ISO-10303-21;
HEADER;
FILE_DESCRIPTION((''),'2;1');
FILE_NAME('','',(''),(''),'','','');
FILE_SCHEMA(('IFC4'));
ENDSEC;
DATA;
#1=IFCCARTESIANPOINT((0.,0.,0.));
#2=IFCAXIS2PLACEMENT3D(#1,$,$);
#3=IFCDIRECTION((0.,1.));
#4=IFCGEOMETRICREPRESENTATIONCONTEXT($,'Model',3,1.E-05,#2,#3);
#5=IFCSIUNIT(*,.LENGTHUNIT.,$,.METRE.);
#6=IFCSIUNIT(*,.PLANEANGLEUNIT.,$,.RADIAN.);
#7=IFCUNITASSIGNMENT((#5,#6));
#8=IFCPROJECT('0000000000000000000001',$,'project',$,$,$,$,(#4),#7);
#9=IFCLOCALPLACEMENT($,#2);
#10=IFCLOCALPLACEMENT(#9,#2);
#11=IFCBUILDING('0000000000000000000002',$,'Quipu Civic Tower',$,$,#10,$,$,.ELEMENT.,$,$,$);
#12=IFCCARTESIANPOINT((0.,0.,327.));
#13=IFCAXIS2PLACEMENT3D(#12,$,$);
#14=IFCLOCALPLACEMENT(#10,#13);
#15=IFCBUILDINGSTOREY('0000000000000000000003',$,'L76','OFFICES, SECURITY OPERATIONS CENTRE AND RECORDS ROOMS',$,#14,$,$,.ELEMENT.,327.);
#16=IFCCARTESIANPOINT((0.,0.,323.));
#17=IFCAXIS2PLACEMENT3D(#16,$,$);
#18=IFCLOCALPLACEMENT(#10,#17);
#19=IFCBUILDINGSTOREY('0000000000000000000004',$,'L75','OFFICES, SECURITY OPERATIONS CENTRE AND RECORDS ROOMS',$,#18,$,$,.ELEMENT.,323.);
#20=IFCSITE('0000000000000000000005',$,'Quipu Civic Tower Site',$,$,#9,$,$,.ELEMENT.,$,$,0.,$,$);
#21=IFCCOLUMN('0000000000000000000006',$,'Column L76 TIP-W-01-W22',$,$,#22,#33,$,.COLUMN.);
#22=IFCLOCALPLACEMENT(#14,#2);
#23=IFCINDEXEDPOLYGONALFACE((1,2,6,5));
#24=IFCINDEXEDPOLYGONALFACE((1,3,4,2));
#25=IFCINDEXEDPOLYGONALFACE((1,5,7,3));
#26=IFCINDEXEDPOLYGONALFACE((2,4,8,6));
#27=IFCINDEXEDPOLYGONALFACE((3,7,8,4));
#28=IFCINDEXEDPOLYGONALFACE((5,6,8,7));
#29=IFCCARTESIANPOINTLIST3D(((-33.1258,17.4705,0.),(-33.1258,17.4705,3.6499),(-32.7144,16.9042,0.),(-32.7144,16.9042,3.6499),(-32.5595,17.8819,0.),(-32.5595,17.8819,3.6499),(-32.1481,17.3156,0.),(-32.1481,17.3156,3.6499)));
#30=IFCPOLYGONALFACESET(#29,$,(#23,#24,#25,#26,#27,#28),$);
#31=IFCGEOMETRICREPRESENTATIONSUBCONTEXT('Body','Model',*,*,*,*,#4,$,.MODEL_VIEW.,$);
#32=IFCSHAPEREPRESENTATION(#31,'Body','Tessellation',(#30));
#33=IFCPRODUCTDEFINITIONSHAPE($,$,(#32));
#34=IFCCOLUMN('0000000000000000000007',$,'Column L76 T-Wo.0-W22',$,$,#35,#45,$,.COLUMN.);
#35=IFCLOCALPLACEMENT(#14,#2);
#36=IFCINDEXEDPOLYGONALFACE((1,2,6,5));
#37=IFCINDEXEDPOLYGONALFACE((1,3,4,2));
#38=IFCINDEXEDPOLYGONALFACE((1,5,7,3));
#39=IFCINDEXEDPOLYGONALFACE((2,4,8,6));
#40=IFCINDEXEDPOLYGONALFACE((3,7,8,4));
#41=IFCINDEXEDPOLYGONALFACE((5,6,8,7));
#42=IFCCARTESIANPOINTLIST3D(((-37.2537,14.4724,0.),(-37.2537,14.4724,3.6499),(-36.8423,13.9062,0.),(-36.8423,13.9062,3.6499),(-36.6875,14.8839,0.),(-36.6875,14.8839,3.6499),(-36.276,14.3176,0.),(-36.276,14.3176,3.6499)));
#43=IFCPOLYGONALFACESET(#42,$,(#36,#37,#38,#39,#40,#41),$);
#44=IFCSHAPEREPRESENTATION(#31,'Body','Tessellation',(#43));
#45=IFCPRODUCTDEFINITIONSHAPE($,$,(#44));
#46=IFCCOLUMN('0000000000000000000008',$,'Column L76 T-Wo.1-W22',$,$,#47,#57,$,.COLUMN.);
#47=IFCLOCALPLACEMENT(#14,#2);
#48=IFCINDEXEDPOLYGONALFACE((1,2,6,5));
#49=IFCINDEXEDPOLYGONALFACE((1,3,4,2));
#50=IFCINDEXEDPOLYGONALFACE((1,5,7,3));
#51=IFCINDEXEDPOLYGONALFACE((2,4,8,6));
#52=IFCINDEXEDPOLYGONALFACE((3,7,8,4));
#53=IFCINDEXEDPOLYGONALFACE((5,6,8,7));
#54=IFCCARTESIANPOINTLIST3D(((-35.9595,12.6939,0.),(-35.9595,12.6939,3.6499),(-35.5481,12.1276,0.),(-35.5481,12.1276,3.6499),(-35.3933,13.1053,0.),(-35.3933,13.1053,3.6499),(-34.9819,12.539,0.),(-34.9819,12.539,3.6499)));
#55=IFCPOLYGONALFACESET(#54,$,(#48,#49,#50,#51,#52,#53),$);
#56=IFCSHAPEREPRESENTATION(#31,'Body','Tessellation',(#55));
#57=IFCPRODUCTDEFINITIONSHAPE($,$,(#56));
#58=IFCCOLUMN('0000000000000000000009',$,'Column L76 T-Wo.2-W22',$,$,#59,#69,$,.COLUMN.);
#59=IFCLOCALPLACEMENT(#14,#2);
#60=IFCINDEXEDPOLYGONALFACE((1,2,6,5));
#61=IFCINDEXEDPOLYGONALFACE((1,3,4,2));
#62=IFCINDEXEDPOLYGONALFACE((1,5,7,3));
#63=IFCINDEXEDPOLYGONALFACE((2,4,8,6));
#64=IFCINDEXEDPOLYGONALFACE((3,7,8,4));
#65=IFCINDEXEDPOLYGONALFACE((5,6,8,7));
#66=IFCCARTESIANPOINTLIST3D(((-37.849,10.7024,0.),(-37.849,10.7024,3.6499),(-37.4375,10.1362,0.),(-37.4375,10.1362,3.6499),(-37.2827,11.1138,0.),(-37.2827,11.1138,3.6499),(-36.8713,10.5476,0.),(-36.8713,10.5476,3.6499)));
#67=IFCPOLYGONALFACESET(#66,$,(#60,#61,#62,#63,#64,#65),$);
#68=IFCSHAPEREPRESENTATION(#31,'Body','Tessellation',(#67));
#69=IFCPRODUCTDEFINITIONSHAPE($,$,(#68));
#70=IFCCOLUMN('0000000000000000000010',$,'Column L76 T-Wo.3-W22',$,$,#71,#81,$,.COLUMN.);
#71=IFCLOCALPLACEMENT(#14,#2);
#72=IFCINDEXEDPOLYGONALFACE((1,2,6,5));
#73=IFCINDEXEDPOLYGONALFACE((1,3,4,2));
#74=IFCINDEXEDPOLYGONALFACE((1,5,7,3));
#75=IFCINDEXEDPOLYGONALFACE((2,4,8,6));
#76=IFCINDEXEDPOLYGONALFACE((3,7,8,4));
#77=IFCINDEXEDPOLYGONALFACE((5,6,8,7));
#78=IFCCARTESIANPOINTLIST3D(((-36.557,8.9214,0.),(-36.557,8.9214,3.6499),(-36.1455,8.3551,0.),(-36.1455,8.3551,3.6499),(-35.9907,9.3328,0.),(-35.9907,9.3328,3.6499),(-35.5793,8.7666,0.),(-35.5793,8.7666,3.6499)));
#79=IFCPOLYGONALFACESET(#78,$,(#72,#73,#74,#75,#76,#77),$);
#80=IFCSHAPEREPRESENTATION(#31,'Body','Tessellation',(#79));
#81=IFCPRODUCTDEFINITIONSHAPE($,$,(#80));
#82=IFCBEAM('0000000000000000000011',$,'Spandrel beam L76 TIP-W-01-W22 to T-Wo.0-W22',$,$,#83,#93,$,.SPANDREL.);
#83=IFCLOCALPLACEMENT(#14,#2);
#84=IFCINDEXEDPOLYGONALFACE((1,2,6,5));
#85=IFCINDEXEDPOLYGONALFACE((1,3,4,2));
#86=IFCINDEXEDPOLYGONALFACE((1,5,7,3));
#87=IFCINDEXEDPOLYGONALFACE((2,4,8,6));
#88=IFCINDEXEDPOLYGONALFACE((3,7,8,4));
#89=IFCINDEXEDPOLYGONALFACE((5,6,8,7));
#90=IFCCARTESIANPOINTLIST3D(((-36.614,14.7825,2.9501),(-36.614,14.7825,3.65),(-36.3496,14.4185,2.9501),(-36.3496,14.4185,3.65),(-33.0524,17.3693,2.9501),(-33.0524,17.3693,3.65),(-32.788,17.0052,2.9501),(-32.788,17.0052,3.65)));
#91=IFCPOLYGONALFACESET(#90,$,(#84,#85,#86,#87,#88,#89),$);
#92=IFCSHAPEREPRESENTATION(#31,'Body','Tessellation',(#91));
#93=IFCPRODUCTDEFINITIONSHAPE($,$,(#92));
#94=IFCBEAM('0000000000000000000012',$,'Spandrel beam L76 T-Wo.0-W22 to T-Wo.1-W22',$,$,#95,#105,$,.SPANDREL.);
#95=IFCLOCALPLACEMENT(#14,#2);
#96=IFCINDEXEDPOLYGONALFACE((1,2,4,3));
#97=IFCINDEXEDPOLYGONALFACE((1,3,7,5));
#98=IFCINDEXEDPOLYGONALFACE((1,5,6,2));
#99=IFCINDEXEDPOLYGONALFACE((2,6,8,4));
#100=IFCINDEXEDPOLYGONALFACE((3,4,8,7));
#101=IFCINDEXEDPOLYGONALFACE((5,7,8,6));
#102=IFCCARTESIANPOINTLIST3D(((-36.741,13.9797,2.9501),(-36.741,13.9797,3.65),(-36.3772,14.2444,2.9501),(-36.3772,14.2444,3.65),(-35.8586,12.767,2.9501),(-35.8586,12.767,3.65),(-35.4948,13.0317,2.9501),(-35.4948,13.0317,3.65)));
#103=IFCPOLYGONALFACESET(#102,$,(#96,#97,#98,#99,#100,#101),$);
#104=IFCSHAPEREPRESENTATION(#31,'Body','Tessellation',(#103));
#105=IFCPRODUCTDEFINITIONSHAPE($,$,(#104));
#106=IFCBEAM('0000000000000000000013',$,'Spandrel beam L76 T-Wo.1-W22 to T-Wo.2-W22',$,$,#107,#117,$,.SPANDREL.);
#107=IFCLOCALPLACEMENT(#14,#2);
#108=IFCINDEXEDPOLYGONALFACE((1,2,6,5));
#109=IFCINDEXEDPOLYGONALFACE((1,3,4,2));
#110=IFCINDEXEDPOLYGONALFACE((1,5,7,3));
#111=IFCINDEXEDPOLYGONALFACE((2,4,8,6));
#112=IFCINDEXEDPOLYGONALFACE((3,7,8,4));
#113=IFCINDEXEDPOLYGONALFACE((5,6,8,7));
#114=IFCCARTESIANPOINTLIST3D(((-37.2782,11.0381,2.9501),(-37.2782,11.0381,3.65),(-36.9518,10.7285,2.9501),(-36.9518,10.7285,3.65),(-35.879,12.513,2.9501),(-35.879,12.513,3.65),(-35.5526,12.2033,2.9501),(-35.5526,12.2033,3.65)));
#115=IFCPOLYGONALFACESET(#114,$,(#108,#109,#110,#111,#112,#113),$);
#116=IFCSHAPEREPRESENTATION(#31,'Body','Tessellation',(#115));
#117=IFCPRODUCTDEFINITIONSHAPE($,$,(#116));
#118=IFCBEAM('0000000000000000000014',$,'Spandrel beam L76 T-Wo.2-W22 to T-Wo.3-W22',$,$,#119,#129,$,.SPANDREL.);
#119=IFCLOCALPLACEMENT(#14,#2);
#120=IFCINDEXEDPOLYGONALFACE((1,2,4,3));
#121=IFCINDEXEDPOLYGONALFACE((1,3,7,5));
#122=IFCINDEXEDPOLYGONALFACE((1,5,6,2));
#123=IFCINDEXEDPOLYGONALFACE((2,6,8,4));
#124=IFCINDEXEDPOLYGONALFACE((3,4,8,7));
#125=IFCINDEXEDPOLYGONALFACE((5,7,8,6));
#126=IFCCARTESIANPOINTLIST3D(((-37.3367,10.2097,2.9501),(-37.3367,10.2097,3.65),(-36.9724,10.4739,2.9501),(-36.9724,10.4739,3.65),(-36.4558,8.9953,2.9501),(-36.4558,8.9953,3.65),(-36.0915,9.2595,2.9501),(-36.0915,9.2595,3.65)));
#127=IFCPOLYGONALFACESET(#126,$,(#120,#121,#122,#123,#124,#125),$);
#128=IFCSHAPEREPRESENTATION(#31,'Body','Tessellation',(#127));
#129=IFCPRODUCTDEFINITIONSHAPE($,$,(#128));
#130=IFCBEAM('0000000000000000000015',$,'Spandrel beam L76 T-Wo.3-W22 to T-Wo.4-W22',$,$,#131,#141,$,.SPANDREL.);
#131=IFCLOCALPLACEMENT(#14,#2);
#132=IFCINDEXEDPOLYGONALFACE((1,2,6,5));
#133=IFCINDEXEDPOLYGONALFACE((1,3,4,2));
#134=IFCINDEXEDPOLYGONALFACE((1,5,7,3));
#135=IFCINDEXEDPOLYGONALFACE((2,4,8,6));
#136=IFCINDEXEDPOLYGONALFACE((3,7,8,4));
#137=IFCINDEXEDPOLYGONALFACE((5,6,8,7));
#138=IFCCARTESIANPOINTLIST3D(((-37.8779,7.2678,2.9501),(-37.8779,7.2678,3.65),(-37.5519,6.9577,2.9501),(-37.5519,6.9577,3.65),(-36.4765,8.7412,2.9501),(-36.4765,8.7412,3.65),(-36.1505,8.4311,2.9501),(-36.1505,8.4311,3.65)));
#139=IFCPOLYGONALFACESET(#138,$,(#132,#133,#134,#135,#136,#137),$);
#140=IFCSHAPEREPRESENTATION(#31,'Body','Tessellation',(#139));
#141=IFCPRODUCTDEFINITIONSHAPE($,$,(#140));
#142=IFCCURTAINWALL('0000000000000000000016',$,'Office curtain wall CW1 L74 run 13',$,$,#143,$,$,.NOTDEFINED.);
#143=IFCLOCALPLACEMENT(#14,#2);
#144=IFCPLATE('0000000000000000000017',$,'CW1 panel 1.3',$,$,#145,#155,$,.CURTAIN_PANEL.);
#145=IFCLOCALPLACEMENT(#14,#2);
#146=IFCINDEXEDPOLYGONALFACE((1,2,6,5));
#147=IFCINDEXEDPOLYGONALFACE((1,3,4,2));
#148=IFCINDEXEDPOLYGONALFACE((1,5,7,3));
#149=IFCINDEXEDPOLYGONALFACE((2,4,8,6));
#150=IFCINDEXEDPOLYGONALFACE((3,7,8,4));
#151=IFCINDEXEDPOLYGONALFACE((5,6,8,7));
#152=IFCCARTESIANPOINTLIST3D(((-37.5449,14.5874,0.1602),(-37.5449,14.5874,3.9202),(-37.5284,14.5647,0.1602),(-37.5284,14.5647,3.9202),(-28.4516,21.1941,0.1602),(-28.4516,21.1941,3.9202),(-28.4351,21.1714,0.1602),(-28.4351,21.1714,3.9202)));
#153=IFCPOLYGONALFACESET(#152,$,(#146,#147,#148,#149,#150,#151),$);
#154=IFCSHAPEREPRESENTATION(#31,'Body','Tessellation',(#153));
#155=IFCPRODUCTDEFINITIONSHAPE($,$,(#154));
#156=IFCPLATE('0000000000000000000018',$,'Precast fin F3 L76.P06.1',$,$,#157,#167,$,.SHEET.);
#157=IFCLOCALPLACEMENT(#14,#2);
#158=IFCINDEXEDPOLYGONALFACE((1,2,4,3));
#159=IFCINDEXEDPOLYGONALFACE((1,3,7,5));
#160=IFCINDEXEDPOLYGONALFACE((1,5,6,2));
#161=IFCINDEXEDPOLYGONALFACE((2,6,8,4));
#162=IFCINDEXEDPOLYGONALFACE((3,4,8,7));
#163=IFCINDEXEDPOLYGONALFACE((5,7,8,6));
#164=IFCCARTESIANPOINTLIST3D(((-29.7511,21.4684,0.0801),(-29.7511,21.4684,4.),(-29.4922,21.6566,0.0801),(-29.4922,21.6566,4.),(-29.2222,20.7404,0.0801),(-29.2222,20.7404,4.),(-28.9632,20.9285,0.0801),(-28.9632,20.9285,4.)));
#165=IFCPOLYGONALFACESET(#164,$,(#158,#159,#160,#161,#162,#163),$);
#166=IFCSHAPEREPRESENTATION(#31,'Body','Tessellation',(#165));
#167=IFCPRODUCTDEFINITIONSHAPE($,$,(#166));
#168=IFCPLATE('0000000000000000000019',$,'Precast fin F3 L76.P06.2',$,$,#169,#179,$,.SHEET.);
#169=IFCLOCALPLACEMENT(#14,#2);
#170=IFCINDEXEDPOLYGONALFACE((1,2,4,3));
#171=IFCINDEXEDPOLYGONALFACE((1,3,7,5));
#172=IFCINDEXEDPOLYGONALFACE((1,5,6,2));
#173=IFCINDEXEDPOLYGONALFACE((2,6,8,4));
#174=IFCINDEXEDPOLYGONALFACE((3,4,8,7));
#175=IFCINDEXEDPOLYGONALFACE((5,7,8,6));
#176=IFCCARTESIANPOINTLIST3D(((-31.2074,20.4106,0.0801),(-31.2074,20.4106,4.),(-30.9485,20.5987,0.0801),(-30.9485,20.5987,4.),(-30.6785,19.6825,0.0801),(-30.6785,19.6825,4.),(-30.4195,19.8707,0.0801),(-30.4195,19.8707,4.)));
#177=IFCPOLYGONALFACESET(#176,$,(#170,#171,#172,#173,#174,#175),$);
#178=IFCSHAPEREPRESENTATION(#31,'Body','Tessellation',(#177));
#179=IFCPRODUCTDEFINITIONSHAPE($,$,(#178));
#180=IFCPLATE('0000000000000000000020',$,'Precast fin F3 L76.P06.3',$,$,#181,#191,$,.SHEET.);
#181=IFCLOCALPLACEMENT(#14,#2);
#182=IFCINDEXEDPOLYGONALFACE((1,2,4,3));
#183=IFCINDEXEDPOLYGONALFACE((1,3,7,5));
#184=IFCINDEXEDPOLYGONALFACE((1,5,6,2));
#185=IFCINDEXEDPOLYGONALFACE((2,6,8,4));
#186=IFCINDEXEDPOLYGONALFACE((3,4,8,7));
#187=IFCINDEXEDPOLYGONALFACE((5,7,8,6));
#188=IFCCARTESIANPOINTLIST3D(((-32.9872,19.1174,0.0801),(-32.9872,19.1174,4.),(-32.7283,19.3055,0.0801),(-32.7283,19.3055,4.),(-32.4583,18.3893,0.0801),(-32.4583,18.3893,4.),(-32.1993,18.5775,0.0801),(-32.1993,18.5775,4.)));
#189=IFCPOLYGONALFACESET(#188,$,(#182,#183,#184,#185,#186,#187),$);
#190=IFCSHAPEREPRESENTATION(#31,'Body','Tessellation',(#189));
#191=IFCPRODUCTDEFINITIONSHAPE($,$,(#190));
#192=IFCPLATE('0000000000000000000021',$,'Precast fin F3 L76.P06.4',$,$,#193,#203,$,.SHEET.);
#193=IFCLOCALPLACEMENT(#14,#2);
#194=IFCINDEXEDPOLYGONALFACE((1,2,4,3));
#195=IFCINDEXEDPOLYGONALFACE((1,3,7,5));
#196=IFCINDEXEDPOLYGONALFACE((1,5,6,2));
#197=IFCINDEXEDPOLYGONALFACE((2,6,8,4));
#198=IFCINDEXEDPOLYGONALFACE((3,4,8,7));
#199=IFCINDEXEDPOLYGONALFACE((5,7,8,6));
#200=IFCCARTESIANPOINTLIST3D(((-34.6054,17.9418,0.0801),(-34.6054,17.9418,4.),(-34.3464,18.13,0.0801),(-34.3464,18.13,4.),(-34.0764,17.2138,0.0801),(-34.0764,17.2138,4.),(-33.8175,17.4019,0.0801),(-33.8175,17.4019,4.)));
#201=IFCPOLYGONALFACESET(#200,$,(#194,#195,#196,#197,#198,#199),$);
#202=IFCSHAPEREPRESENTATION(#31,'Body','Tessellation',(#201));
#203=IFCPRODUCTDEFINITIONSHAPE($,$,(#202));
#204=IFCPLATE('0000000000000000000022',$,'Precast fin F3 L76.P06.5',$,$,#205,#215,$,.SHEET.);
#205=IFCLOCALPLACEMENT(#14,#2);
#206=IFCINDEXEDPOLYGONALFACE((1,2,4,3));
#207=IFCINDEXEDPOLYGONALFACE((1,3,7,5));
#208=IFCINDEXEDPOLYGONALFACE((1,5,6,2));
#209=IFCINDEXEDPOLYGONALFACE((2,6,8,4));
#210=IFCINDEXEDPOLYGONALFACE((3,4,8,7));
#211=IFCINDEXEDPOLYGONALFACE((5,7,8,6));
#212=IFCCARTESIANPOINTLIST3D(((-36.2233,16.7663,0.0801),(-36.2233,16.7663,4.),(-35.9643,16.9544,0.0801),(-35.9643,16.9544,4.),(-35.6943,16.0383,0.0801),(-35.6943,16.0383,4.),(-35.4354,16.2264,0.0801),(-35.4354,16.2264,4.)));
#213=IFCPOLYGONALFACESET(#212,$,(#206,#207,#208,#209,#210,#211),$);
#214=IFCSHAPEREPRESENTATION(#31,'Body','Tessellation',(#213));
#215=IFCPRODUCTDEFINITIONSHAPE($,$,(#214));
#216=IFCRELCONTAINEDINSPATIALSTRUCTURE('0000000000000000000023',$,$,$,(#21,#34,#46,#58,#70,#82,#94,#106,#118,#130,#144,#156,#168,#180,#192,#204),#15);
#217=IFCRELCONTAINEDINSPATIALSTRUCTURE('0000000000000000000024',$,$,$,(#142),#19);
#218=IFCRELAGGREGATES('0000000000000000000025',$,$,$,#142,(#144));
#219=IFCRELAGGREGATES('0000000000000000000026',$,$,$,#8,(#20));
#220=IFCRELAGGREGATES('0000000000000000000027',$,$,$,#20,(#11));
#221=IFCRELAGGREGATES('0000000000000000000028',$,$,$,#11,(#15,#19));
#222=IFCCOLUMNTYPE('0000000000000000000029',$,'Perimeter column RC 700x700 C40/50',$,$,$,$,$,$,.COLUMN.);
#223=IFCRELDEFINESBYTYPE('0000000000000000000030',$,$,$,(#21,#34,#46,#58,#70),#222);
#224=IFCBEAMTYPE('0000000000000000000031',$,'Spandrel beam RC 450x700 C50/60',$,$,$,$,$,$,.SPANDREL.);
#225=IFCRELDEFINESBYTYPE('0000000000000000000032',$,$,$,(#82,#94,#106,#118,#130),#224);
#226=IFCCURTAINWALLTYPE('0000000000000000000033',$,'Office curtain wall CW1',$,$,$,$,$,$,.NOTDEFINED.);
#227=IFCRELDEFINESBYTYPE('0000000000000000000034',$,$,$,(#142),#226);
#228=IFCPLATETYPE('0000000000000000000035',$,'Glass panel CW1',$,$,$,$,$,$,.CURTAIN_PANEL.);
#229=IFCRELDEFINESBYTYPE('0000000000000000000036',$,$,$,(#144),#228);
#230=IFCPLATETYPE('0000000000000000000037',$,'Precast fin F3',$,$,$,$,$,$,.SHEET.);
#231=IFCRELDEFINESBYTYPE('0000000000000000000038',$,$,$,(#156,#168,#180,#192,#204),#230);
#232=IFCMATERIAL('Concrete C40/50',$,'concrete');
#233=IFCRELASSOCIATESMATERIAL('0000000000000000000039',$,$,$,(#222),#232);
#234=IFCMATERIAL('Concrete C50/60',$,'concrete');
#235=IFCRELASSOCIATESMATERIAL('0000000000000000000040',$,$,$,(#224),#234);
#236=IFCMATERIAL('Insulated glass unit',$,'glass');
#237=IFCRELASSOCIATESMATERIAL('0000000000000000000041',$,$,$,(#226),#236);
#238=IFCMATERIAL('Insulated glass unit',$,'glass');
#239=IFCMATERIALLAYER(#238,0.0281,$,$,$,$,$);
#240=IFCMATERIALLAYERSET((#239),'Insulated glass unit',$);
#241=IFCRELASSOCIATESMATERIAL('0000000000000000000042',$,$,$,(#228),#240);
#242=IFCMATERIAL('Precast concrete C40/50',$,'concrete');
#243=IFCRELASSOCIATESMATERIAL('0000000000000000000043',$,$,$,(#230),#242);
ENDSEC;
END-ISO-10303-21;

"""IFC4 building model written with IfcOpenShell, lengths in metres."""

from ifc_helpers import new_model, si_unit, direction, frame, origin, origin_2d, place, context, subcontext, project, spatial, rectangle, extrude, material, layer, layer_set, material_profile, profile_set, type_object, element, aggregate, save


model = new_model("IFC4")

# Units and contexts
model_context = context("Model", 3, precision=1e-05, world=origin(), true_north=direction((0.0, 1.0)))
body_context = subcontext(model_context, "Body", "Model", "MODEL_VIEW")
ifc_project = project(units=[si_unit("LENGTHUNIT", "METRE"), si_unit("PLANEANGLEUNIT", "RADIAN")], contexts=[model_context])

# Site, building, storey
site_placement = place(None, origin())
site = spatial("IfcSite", under=ifc_project, at=site_placement, Name="Quipu Civic Tower Site", CompositionType="ELEMENT", RefElevation=0.0)
building_placement = place(site_placement, origin())
building = spatial("IfcBuilding", under=site, at=building_placement, Name="Quipu Civic Tower", CompositionType="ELEMENT")
storey_1_placement = place(building_placement, frame((0.0, 0.0, 327.0)))
storey_1 = spatial("IfcBuildingStorey", under=building, at=storey_1_placement, Name="L76", Description="OFFICES, SECURITY OPERATIONS CENTRE AND RECORDS ROOMS", CompositionType="ELEMENT", Elevation=327.0)

# Columns
ifc_material_1 = material(Name="Concrete C40/50", Category="concrete")
ifc_material_profile_1 = material_profile(ifc_material_1, rectangle(XDim=0.7, YDim=0.7, at=origin_2d()), Name="RC700x700")
ifc_profile_set_1 = profile_set([ifc_material_profile_1], Name="Concrete C40/50")
column_type = type_object("IfcColumnType", Name="Perimeter column RC 700x700 C40/50", PredefinedType="COLUMN", material=ifc_profile_set_1)
for number, where, z_axis, x_axis, name in (
    (1, (-32.637, 17.3931, 0.0), (0.0, 0.0, 1.0), (-0.809017, -0.587785, 0.0), "Column L76 TIP-W-01-W22"),
    (2, (-36.7649, 14.395, 0.0), (0.0, 0.0, 1.0), (0.587785, -0.809017, 0.0), "Column L76 T-Wo.0-W22"),
    (3, (-35.4707, 12.6165, 0.0), (0.0, 0.0, 1.0), (-0.809017, -0.587785, 0.0), "Column L76 T-Wo.1-W22"),
    (4, (-37.3601, 10.625, 0.0), (0.0, 0.0, 1.0), (0.587785, -0.809017, 0.0), "Column L76 T-Wo.2-W22"),
    (5, (-36.0681, 8.844, 0.0), (0.0, 0.0, 1.0), (0.587785, -0.809017, 0.0), "Column L76 T-Wo.3-W22"),
):
    element("IfcColumn", number, at=place(storey_1_placement, frame(where, z_axis=z_axis, x_axis=x_axis)), inside=storey_1, type_object=column_type, Name=name, PredefinedType="COLUMN", context=body_context, shape_type="SweptSolid", body=[
        extrude(rectangle(XDim=0.7, YDim=0.7, at=origin_2d()), origin(), (0.0, 0.0, 1.0), 3.6499),
    ])

# Beams
ifc_material_2 = material(Name="Concrete C50/60", Category="concrete")
ifc_material_profile_2 = material_profile(ifc_material_2, rectangle(XDim=0.45, YDim=0.7, at=origin_2d()), Name="RC450x700")
ifc_profile_set_2 = profile_set([ifc_material_profile_2], Name="Concrete C50/60")
beam_type = type_object("IfcBeamType", Name="Spandrel beam RC 450x700 C50/60", PredefinedType="SPANDREL", material=ifc_profile_set_2)
beam_1_placement = place(storey_1_placement, frame((-32.9202, 17.1873, 3.3), z_axis=(-0.809117, -0.587647, 0.0), x_axis=(0.587647, -0.809117, 0.0)))
element("IfcBeam", 6, at=beam_1_placement, inside=storey_1, type_object=beam_type, Name="Spandrel beam L76 TIP-W-01-W22 to T-Wo.0-W22", PredefinedType="SPANDREL", context=body_context, shape_type="SweptSolid", body=[
    extrude(rectangle(XDim=0.45, YDim=0.7, at=origin_2d()), origin(), (0.0, 0.0, 1.0), 4.4019),
])
beam_2_placement = place(storey_1_placement, frame((-36.5591, 14.1121, 3.3), z_axis=(0.588346, -0.808609, 0.0), x_axis=(0.808609, 0.588346, 0.0)))
element("IfcBeam", 7, at=beam_2_placement, inside=storey_1, type_object=beam_type, Name="Spandrel beam L76 T-Wo.0-W22 to T-Wo.1-W22", PredefinedType="SPANDREL", context=body_context, shape_type="SweptSolid", body=[
    extrude(rectangle(XDim=0.45, YDim=0.7, at=origin_2d()), origin(), (0.0, 0.0, 1.0), 1.4998),
])
beam_3_placement = place(storey_1_placement, frame((-35.7158, 12.3582, 3.3), z_axis=(-0.688247, -0.725476, 0.0), x_axis=(0.725476, -0.688247, 0.0)))
element("IfcBeam", 8, at=beam_3_placement, inside=storey_1, type_object=beam_type, Name="Spandrel beam L76 T-Wo.1-W22 to T-Wo.2-W22", PredefinedType="SPANDREL", context=body_context, shape_type="SweptSolid", body=[
    extrude(rectangle(XDim=0.45, YDim=0.7, at=origin_2d()), origin(), (0.0, 0.0, 1.0), 2.033),
])
beam_4_placement = place(storey_1_placement, frame((-37.1545, 10.3418, 3.3), z_axis=(0.587165, -0.809467, 0.0), x_axis=(0.809467, 0.587165, 0.0)))
element("IfcBeam", 9, at=beam_4_placement, inside=storey_1, type_object=beam_type, Name="Spandrel beam L76 T-Wo.2-W22 to T-Wo.3-W22", PredefinedType="SPANDREL", context=body_context, shape_type="SweptSolid", body=[
    extrude(rectangle(XDim=0.45, YDim=0.7, at=origin_2d()), origin(), (0.0, 0.0, 1.0), 1.5002),
])
beam_5_placement = place(storey_1_placement, frame((-36.3135, 8.5862, 3.3), z_axis=(-0.689175, -0.724595, 0.0), x_axis=(0.724595, -0.689175, 0.0)))
element("IfcBeam", 10, at=beam_5_placement, inside=storey_1, type_object=beam_type, Name="Spandrel beam L76 T-Wo.3-W22 to T-Wo.4-W22", PredefinedType="SPANDREL", context=body_context, shape_type="SweptSolid", body=[
    extrude(rectangle(XDim=0.45, YDim=0.7, at=origin_2d()), origin(), (0.0, 0.0, 1.0), 2.0334),
])

# Shared definitions
storey_2_placement = place(building_placement, frame((0.0, 0.0, 323.0)))
storey_2 = spatial("IfcBuildingStorey", under=building, at=storey_2_placement, Name="L75", Description="OFFICES, SECURITY OPERATIONS CENTRE AND RECORDS ROOMS", CompositionType="ELEMENT", Elevation=323.0)

# Curtain wall, plate
ifc_material_3 = material(Name="Insulated glass unit", Category="glass")
curtain_wall_type = type_object("IfcCurtainWallType", Name="Office curtain wall CW1", PredefinedType="NOTDEFINED", material=ifc_material_3)
curtain_wall_placement = place(storey_2_placement, origin())
curtain_wall = element("IfcCurtainWall", 11, at=curtain_wall_placement, inside=storey_2, type_object=curtain_wall_type, Name="Office curtain wall CW1 L74 run 13", PredefinedType="NOTDEFINED")
ifc_material_4 = material(Name="Insulated glass unit", Category="glass")
ifc_layer = layer(ifc_material_4, 0.0281)
ifc_layer_set = layer_set([ifc_layer], Name="Insulated glass unit")
plate_type_1 = type_object("IfcPlateType", Name="Glass panel CW1", PredefinedType="CURTAIN_PANEL", material=ifc_layer_set)
plate_placement = place(storey_1_placement, frame((-32.99, 17.8794, 0.1602), z_axis=(0.0, 0.0, 1.0), x_axis=(-0.809015, -0.587788, 0.0)))
plate = element("IfcPlate", 12, at=plate_placement, inside=storey_1, type_object=plate_type_1, Name="CW1 panel 1.3", PredefinedType="CURTAIN_PANEL", context=body_context, shape_type="SweptSolid", body=[
    extrude(rectangle(XDim=11.24, YDim=0.0281, at=origin_2d()), origin(), (0.0, 0.0, 1.0), 3.76),
])
aggregate(curtain_wall, [plate])

# Plates
ifc_material_5 = material(Name="Precast concrete C40/50", Category="concrete")
plate_type_2 = type_object("IfcPlateType", Name="Precast fin F3", PredefinedType="SHEET", material=ifc_material_5)
for number, where, z_axis, x_axis, name in (
    (13, (-29.3572, 21.1985, 0.0801), (0.0, 0.0, 1.0), (-0.809017, -0.587785, 0.0), "Precast fin F3 L76.P06.1"),
    (14, (-30.8135, 20.1406, 0.0801), (0.0, 0.0, 1.0), (-0.809017, -0.587785, 0.0), "Precast fin F3 L76.P06.2"),
    (15, (-32.5933, 18.8474, 0.0801), (0.0, 0.0, 1.0), (-0.809017, -0.587785, 0.0), "Precast fin F3 L76.P06.3"),
    (16, (-34.2114, 17.6719, 0.0801), (0.0, 0.0, 1.0), (-0.809017, -0.587785, 0.0), "Precast fin F3 L76.P06.4"),
    (17, (-35.8293, 16.4963, 0.0801), (0.0, 0.0, 1.0), (-0.809017, -0.587785, 0.0), "Precast fin F3 L76.P06.5"),
):
    element("IfcPlate", number, at=place(storey_1_placement, frame(where, z_axis=z_axis, x_axis=x_axis)), inside=storey_1, type_object=plate_type_2, Name=name, PredefinedType="SHEET", context=body_context, shape_type="SweptSolid", body=[
        extrude(rectangle(XDim=0.3201, YDim=0.8999, at=origin_2d()), origin(), (0.0, 0.0, 1.0), 3.9199),
    ])

save(model, "model.ifc")
